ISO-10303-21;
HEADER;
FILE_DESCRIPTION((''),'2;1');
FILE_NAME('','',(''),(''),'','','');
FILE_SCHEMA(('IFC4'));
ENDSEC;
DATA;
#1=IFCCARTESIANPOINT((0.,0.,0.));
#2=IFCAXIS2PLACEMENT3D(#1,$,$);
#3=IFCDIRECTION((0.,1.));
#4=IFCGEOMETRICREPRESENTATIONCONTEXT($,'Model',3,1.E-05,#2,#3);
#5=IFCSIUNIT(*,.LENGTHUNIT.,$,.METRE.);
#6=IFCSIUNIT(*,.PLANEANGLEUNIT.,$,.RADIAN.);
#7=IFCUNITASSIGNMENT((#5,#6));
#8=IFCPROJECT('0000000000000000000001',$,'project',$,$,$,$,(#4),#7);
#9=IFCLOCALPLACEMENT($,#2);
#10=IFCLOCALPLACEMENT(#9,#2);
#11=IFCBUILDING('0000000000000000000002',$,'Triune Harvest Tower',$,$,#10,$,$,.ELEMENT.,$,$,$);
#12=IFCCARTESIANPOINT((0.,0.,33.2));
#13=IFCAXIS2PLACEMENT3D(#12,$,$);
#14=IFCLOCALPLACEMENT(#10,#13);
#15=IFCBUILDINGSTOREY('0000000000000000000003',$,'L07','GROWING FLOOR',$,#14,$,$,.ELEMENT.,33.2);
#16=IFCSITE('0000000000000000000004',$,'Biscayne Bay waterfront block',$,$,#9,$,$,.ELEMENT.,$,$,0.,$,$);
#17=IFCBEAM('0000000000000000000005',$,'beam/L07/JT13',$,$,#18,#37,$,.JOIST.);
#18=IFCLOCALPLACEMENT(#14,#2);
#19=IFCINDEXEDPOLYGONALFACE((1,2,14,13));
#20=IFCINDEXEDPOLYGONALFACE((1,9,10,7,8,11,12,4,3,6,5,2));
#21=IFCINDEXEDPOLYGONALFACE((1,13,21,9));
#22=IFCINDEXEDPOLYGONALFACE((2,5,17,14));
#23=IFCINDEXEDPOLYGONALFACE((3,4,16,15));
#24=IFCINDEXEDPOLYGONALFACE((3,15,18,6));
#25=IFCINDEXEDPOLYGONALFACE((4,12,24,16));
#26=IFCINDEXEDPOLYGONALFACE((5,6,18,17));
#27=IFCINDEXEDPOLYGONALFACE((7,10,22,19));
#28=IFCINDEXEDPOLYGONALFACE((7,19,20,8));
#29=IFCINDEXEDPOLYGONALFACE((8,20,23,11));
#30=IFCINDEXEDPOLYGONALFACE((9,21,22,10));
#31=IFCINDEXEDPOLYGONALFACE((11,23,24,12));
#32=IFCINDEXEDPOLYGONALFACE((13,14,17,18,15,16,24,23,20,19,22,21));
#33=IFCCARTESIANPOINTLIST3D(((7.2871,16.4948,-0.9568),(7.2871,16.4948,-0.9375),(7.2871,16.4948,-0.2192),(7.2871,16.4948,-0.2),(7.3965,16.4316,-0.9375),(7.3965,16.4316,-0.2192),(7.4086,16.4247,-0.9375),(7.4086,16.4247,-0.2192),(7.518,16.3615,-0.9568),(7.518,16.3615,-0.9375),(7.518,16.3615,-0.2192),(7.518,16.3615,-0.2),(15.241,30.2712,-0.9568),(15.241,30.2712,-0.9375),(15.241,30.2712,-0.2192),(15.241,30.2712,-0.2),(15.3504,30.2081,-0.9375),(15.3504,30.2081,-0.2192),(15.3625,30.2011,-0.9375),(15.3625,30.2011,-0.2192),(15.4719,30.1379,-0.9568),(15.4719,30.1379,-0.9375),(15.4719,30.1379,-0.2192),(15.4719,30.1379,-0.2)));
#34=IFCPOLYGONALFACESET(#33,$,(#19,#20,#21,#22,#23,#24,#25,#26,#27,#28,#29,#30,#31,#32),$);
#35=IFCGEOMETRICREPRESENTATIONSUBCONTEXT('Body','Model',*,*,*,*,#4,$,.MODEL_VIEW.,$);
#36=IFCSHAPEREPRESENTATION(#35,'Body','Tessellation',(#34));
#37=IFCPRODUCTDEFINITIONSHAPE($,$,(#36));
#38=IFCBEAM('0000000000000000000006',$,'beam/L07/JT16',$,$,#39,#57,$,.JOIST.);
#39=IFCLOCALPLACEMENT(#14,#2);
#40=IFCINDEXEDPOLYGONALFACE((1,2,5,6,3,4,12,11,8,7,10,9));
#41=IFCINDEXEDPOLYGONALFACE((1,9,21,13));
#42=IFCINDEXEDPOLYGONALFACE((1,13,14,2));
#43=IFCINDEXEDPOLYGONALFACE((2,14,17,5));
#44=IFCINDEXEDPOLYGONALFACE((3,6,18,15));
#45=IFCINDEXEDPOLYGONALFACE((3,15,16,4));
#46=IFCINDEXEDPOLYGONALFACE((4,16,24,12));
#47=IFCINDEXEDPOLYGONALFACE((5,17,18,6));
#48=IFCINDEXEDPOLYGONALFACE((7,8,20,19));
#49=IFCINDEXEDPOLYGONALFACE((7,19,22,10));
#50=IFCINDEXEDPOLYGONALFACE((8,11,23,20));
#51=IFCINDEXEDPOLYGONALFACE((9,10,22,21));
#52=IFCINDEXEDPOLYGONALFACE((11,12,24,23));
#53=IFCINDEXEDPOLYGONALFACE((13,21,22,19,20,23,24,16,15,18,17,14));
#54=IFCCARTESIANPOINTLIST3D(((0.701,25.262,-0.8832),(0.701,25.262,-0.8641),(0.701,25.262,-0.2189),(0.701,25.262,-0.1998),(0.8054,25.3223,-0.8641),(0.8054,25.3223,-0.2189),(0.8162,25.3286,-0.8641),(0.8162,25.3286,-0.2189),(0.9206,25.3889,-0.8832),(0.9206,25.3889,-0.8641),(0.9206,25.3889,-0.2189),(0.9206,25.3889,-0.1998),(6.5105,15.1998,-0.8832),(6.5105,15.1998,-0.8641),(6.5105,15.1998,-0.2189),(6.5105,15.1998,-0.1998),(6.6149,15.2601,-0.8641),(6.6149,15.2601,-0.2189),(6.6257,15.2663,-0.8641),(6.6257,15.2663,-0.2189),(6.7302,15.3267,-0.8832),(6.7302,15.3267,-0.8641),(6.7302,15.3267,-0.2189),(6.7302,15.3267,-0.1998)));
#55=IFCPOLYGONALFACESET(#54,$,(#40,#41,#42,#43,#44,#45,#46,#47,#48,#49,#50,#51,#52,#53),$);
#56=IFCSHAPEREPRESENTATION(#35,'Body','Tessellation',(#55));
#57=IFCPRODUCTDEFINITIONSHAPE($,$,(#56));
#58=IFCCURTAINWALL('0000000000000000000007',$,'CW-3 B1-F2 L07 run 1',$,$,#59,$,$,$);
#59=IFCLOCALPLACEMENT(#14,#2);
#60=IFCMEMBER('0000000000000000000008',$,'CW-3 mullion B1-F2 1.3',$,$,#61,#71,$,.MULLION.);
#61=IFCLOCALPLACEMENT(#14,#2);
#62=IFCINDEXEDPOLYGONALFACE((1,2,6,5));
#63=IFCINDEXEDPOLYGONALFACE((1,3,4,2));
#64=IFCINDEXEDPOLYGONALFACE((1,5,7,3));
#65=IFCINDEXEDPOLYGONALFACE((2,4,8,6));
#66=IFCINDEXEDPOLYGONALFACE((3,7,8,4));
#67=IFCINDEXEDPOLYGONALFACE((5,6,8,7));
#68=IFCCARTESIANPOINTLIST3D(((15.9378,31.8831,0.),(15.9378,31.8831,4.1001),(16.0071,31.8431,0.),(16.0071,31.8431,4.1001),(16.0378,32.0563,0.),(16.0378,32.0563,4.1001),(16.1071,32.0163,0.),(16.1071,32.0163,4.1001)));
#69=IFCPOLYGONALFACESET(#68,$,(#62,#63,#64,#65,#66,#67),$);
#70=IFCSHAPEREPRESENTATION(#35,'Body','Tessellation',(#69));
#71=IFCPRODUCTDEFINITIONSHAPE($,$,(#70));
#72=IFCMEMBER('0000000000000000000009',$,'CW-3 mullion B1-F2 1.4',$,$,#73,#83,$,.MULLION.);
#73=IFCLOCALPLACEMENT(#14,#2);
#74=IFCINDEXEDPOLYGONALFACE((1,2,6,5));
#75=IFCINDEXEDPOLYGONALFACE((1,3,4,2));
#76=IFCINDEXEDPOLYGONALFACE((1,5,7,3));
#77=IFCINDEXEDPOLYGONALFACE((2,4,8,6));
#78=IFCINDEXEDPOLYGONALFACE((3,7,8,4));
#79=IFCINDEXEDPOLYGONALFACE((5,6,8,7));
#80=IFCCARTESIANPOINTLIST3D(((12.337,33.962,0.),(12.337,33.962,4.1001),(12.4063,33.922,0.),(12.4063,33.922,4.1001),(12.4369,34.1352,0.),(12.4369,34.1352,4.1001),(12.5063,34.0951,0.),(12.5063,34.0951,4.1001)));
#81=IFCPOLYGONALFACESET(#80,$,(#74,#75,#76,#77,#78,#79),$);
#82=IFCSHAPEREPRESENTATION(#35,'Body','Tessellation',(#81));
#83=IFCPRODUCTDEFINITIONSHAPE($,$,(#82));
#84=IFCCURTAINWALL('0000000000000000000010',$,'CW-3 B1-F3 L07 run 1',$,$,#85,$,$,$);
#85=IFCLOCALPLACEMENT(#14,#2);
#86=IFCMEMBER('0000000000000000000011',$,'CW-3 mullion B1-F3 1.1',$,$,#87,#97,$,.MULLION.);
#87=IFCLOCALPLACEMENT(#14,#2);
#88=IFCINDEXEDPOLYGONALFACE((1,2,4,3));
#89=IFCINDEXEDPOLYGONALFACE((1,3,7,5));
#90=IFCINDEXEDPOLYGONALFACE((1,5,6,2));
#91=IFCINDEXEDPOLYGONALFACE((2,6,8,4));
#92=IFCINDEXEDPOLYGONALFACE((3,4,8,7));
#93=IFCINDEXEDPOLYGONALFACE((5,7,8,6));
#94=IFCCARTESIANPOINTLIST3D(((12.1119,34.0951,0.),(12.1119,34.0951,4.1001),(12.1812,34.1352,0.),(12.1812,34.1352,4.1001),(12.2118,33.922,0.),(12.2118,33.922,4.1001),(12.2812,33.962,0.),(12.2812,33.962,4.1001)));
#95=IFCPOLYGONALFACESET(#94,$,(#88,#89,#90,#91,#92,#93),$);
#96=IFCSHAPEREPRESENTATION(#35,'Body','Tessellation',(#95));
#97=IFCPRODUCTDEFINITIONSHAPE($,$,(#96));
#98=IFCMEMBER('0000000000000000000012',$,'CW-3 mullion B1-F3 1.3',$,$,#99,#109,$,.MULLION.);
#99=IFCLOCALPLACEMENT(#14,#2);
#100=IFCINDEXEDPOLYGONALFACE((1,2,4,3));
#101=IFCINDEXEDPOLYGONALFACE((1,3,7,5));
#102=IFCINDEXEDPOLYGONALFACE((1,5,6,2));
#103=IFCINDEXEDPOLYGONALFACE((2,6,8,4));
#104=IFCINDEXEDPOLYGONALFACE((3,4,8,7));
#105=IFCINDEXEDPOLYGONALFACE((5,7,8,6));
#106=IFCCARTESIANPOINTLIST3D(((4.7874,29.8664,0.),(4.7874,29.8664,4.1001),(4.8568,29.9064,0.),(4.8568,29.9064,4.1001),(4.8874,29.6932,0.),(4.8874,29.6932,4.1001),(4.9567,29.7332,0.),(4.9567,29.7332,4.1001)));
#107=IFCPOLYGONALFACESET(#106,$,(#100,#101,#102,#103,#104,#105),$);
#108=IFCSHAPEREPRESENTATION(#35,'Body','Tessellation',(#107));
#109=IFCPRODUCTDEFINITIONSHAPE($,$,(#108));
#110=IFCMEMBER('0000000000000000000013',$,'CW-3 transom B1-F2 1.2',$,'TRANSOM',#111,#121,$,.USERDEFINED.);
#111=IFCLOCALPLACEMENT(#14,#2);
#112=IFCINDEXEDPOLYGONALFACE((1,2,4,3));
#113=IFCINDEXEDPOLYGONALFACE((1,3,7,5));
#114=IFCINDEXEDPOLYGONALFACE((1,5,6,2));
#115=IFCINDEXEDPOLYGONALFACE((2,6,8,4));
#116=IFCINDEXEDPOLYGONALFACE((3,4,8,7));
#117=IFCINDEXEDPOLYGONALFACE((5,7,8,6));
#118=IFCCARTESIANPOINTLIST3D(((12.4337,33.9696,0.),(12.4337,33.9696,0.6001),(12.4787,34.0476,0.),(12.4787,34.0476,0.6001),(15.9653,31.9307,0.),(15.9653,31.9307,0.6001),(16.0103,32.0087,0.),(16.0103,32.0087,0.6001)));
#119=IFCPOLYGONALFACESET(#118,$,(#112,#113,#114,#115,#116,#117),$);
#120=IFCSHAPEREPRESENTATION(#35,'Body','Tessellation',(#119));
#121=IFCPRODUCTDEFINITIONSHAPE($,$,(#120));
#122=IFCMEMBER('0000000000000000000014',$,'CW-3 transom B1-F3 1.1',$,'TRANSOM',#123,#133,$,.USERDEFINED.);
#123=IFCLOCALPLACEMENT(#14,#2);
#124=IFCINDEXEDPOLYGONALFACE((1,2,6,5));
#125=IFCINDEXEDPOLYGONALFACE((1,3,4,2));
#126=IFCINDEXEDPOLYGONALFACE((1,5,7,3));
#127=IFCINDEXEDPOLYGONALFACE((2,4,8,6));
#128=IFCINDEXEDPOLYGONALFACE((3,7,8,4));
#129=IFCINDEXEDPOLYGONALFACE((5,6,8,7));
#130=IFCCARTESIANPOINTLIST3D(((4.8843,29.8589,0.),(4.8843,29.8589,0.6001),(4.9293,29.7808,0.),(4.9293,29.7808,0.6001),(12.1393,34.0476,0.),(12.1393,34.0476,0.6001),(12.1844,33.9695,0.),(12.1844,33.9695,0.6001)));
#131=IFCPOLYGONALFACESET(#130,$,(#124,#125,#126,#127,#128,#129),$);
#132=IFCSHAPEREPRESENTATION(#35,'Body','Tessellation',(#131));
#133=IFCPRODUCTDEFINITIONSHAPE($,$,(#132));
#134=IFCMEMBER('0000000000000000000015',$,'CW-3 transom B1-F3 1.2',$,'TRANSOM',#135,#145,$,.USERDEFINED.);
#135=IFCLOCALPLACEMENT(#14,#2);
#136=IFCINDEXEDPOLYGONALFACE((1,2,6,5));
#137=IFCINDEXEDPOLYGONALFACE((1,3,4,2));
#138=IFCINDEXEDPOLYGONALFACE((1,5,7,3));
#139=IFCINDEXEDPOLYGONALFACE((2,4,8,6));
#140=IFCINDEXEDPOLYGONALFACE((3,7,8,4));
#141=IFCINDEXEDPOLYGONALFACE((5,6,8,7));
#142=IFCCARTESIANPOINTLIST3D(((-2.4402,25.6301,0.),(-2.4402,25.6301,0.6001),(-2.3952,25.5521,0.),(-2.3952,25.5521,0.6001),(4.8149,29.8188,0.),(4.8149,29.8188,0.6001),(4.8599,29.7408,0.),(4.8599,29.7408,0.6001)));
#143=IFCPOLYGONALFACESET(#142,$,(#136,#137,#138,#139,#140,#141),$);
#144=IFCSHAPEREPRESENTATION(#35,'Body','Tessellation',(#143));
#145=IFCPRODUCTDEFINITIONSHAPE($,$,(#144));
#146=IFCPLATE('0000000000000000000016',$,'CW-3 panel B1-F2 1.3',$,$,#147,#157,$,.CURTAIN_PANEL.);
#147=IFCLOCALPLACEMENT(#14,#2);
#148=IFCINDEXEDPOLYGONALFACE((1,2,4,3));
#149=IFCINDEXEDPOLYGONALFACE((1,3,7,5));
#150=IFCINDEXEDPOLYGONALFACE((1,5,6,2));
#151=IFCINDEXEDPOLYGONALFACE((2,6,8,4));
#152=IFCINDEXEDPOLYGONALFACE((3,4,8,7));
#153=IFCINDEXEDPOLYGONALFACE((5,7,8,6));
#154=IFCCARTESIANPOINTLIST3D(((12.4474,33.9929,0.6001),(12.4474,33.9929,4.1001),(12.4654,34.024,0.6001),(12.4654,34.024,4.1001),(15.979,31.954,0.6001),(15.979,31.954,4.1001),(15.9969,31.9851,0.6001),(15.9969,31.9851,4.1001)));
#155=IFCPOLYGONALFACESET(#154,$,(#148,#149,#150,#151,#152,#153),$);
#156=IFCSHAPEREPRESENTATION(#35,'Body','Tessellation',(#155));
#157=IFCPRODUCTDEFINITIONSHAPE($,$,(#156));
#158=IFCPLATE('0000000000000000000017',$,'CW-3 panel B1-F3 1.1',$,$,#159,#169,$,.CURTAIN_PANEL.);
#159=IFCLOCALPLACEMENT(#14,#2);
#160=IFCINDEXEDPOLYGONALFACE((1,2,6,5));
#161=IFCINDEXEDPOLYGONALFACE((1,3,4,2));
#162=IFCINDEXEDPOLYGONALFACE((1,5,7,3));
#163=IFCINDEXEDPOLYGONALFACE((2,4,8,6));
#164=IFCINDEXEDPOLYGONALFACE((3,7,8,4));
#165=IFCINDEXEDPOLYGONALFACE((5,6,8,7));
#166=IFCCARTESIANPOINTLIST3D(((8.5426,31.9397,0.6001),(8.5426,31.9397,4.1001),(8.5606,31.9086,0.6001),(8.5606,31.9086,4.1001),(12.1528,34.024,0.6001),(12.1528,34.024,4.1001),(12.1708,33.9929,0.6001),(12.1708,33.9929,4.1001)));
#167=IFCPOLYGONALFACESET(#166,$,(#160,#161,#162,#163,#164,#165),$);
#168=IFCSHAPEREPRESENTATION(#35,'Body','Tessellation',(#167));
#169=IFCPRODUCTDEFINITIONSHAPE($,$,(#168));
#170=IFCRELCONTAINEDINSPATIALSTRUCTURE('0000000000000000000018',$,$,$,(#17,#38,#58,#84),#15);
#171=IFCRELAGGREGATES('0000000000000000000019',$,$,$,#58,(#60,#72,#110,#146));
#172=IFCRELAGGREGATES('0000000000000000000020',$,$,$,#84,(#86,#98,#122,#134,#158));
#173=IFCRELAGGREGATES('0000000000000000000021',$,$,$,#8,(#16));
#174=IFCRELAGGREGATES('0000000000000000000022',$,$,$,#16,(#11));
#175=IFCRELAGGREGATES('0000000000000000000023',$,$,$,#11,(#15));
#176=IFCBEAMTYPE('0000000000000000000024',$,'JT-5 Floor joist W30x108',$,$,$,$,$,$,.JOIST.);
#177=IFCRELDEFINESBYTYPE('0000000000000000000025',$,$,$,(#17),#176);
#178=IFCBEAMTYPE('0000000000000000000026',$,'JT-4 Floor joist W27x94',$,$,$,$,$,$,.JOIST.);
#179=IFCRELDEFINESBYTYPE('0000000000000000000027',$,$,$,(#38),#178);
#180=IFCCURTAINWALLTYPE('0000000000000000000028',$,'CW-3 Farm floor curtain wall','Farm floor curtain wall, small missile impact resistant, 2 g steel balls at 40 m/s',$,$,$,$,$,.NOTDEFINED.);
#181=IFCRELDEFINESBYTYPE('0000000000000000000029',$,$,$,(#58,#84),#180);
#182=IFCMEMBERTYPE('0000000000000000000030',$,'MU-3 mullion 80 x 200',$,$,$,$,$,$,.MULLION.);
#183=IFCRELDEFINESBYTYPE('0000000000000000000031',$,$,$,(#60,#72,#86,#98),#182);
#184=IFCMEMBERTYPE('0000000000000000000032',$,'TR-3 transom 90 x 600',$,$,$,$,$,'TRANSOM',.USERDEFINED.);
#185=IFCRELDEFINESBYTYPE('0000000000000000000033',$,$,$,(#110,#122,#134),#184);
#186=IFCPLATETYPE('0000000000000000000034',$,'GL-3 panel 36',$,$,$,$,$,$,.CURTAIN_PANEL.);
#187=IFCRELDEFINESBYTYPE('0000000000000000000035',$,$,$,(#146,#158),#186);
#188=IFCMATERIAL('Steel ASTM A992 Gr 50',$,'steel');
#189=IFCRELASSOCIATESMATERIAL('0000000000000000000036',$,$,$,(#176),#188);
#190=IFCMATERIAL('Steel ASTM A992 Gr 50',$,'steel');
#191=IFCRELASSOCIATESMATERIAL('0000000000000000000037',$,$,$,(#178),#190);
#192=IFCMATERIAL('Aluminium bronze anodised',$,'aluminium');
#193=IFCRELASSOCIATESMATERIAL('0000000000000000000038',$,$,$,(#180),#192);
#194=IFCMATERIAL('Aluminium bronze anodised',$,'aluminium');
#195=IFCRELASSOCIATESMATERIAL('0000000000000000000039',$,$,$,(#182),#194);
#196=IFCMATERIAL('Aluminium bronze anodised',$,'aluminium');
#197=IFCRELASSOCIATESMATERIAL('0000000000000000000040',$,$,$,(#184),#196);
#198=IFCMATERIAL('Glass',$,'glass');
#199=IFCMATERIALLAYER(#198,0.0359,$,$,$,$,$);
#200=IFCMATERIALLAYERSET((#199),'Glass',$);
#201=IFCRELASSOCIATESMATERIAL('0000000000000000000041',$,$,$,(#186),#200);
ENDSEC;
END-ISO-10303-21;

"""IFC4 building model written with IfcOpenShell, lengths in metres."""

from ifc_helpers import new_model, si_unit, direction, frame, origin, origin_2d, place, context, subcontext, project, spatial, rectangle, i_section, extrude, source, transform, mapped, material, layer, layer_set, material_profile, profile_set, type_object, element, aggregate, save


model = new_model("IFC4")

# Units and contexts
model_context = context("Model", 3, precision=1e-05, world=origin(), true_north=direction((0.0, 1.0)))
body_context = subcontext(model_context, "Body", "Model", "MODEL_VIEW")
ifc_project = project(units=[si_unit("LENGTHUNIT", "METRE"), si_unit("PLANEANGLEUNIT", "RADIAN")], contexts=[model_context])

# Site, building, storey
site_placement = place(None, origin())
site = spatial("IfcSite", under=ifc_project, at=site_placement, Name="Biscayne Bay waterfront block", CompositionType="ELEMENT", RefElevation=0.0)
building_placement = place(site_placement, origin())
building = spatial("IfcBuilding", under=site, at=building_placement, Name="Triune Harvest Tower", CompositionType="ELEMENT")
storey_placement = place(building_placement, frame((0.0, 0.0, 33.2)))
storey = spatial("IfcBuildingStorey", under=building, at=storey_placement, Name="L07", Description="GROWING FLOOR", CompositionType="ELEMENT", Elevation=33.2)

# Beams
ifc_material_1 = material(Name="Steel ASTM A992 Gr 50", Category="steel")
ifc_material_profile_1 = material_profile(ifc_material_1, i_section(OverallWidth=0.2666, OverallDepth=0.7568, WebThickness=0.0139, FlangeThickness=0.0193, at=origin_2d()), Name="W30x108")
ifc_profile_set_1 = profile_set([ifc_material_profile_1], Name="Steel ASTM A992 Gr 50")
beam_type_1 = type_object("IfcBeamType", Name="JT-5 Floor joist W30x108", PredefinedType="JOIST", material=ifc_profile_set_1)
shared_shape_1 = source(origin(), body_context, "Body", "SweptSolid", [
    extrude(i_section(OverallWidth=0.2666, OverallDepth=0.7568, WebThickness=0.0139, FlangeThickness=0.0193, at=origin_2d()), origin(), (0.0, 0.0, 1.0), 15.9077),
])
beam_1_placement = place(storey_placement, frame((15.3564, 30.2046, -0.5784), z_axis=(-0.500003, -0.866024, 0.0), x_axis=(0.866024, -0.500003, 0.0)))
element("IfcBeam", 1, at=beam_1_placement, inside=storey, type_object=beam_type_1, Name="beam/L07/JT13", PredefinedType="JOIST", context=body_context, shape_type="MappedRepresentation", body=[
    mapped(shared_shape_1, transform((0.0, 0.0, 0.0), scale=1.0)),
])
ifc_material_2 = material(Name="Steel ASTM A992 Gr 50", Category="steel")
ifc_material_profile_2 = material_profile(ifc_material_2, i_section(OverallWidth=0.2537, OverallDepth=0.6833, WebThickness=0.0125, FlangeThickness=0.019, at=origin_2d()), Name="W27x94")
ifc_profile_set_2 = profile_set([ifc_material_profile_2], Name="Steel ASTM A992 Gr 50")
beam_type_2 = type_object("IfcBeamType", Name="JT-4 Floor joist W27x94", PredefinedType="JOIST", material=ifc_profile_set_2)
shared_shape_2 = source(origin(), body_context, "Body", "SweptSolid", [
    extrude(i_section(OverallWidth=0.2537, OverallDepth=0.6833, WebThickness=0.0125, FlangeThickness=0.019, at=origin_2d()), origin(), (0.0, 0.0, 1.0), 11.6189),
])
beam_2_placement = place(storey_placement, frame((0.8108, 25.3254, -0.5415), z_axis=(0.500008, -0.866021, 0.0), x_axis=(0.866021, 0.500008, 0.0)))
element("IfcBeam", 2, at=beam_2_placement, inside=storey, type_object=beam_type_2, Name="beam/L07/JT16", PredefinedType="JOIST", context=body_context, shape_type="MappedRepresentation", body=[
    mapped(shared_shape_2, transform((0.0, 0.0, 0.0), scale=1.0)),
])

# Curtain walls, members
ifc_material_3 = material(Name="Aluminium bronze anodised", Category="aluminium")
curtain_wall_type = type_object("IfcCurtainWallType", Name="CW-3 Farm floor curtain wall", Description="Farm floor curtain wall, small missile impact resistant, 2 g steel balls at 40 m/s", PredefinedType="NOTDEFINED", material=ifc_material_3)
curtain_wall_1_placement = place(storey_placement, origin())
curtain_wall_1 = element("IfcCurtainWall", 3, at=curtain_wall_1_placement, inside=storey, type_object=curtain_wall_type, Name="CW-3 B1-F2 L07 run 1")
ifc_material_4 = material(Name="Aluminium bronze anodised", Category="aluminium")
ifc_material_profile_3 = material_profile(ifc_material_4, rectangle(XDim=0.2, YDim=0.0801, at=origin_2d()), Name="MU-3 mullion 80 x 200")
ifc_profile_set_3 = profile_set([ifc_material_profile_3], Name="Aluminium bronze anodised")
member_type_1 = type_object("IfcMemberType", Name="MU-3 mullion 80 x 200", PredefinedType="MULLION", material=ifc_profile_set_3)
shared_shape_3 = source(origin(), body_context, "Body", "SweptSolid", [
    extrude(rectangle(XDim=0.2, YDim=0.0801, at=origin_2d()), origin(), (0.0, 0.0, 1.0), 4.1001),
])
member_1_placement = place(storey_placement, frame((16.0225, 31.9497, 0.0), z_axis=(0.0, 0.0, 1.0), x_axis=(-0.499999, -0.866026, 0.0)))
member_1 = element("IfcMember", 4, at=member_1_placement, type_object=member_type_1, Name="CW-3 mullion B1-F2 1.3", PredefinedType="MULLION", context=body_context, shape_type="MappedRepresentation", body=[
    mapped(shared_shape_3, transform((0.0, 0.0, 0.0), scale=1.0)),
])
member_2_placement = place(storey_placement, frame((12.4216, 34.0286, 0.0), z_axis=(0.0, 0.0, 1.0), x_axis=(-0.499999, -0.866026, 0.0)))
member_2 = element("IfcMember", 5, at=member_2_placement, type_object=member_type_1, Name="CW-3 mullion B1-F2 1.4", PredefinedType="MULLION", context=body_context, shape_type="MappedRepresentation", body=[
    mapped(shared_shape_3, transform((0.0, 0.0, 0.0), scale=1.0)),
])
curtain_wall_2_placement = place(storey_placement, origin())
curtain_wall_2 = element("IfcCurtainWall", 6, at=curtain_wall_2_placement, inside=storey, type_object=curtain_wall_type, Name="CW-3 B1-F3 L07 run 1")
member_3_placement = place(storey_placement, frame((12.1965, 34.0286, 0.0), z_axis=(0.0, 0.0, 1.0), x_axis=(0.500001, -0.866025, 0.0)))
member_3 = element("IfcMember", 7, at=member_3_placement, type_object=member_type_1, Name="CW-3 mullion B1-F3 1.1", PredefinedType="MULLION", context=body_context, shape_type="MappedRepresentation", body=[
    mapped(shared_shape_3, transform((0.0, 0.0, 0.0), scale=1.0)),
])
member_4_placement = place(storey_placement, frame((4.8721, 29.7998, 0.0), z_axis=(0.0, 0.0, 1.0), x_axis=(0.500001, -0.866025, 0.0)))
member_4 = element("IfcMember", 8, at=member_4_placement, type_object=member_type_1, Name="CW-3 mullion B1-F3 1.3", PredefinedType="MULLION", context=body_context, shape_type="MappedRepresentation", body=[
    mapped(shared_shape_3, transform((0.0, 0.0, 0.0), scale=1.0)),
])

# Members
ifc_material_5 = material(Name="Aluminium bronze anodised", Category="aluminium")
ifc_material_profile_4 = material_profile(ifc_material_5, rectangle(XDim=0.0901, YDim=0.6001, at=origin_2d()), Name="TR-3 transom 90 x 600")
ifc_profile_set_4 = profile_set([ifc_material_profile_4], Name="Aluminium bronze anodised")
member_type_2 = type_object("IfcMemberType", Name="TR-3 transom 90 x 600", ElementType="TRANSOM", PredefinedType="USERDEFINED", material=ifc_profile_set_4)
shared_shape_4 = source(origin(), body_context, "Body", "SweptSolid", [
    extrude(rectangle(XDim=0.0901, YDim=0.6001, at=origin_2d()), origin(), (0.0, 0.0, 1.0), 4.0779),
])
member_5_placement = place(storey_placement, frame((15.9878, 31.9697, 0.3), z_axis=(-0.866035, 0.499983, 0.0), x_axis=(-0.499983, -0.866035, 0.0)))
member_5 = element("IfcMember", 9, at=member_5_placement, type_object=member_type_2, Name="CW-3 transom B1-F2 1.2", ObjectType="TRANSOM", PredefinedType="USERDEFINED", context=body_context, shape_type="MappedRepresentation", body=[
    mapped(shared_shape_4, transform((0.0, 0.0, 0.0), scale=1.0)),
])
shared_shape_5 = source(origin(), body_context, "Body", "SweptSolid", [
    extrude(rectangle(XDim=0.0901, YDim=0.6001, at=origin_2d()), origin(), (0.0, 0.0, 1.0), 8.3774),
])
member_6_placement = place(storey_placement, frame((12.1619, 34.0085, 0.3), z_axis=(-0.866027, -0.499997, 0.0), x_axis=(0.499997, -0.866027, 0.0)))
member_6 = element("IfcMember", 10, at=member_6_placement, type_object=member_type_2, Name="CW-3 transom B1-F3 1.1", ObjectType="TRANSOM", PredefinedType="USERDEFINED", context=body_context, shape_type="MappedRepresentation", body=[
    mapped(shared_shape_5, transform((0.0, 0.0, 0.0), scale=1.0)),
])
member_7_placement = place(storey_placement, frame((4.8374, 29.7798, 0.3), z_axis=(-0.866027, -0.499997, 0.0), x_axis=(0.499997, -0.866027, 0.0)))
member_7 = element("IfcMember", 11, at=member_7_placement, type_object=member_type_2, Name="CW-3 transom B1-F3 1.2", ObjectType="TRANSOM", PredefinedType="USERDEFINED", context=body_context, shape_type="MappedRepresentation", body=[
    mapped(shared_shape_5, transform((0.0, 0.0, 0.0), scale=1.0)),
])

# Plates
ifc_material_6 = material(Name="Glass", Category="glass")
ifc_layer_1 = layer(ifc_material_6, 0.0359)
ifc_layer_set_1 = layer_set([ifc_layer_1], Name="Glass")
plate_type = type_object("IfcPlateType", Name="GL-3 panel 36", PredefinedType="CURTAIN_PANEL", material=ifc_layer_set_1)
shared_shape_6 = source(origin(), body_context, "Body", "SweptSolid", [
    extrude(rectangle(XDim=4.0779, YDim=0.0359, at=origin_2d()), origin(), (0.0, 0.0, 1.0), 3.5),
])
plate_1_placement = place(storey_placement, frame((14.2222, 32.989, 0.6001), z_axis=(0.0, 0.0, 1.0), x_axis=(-0.866026, 0.499999, 0.0)))
plate_1 = element("IfcPlate", 12, at=plate_1_placement, type_object=plate_type, Name="CW-3 panel B1-F2 1.3", PredefinedType="CURTAIN_PANEL", context=body_context, shape_type="MappedRepresentation", body=[
    mapped(shared_shape_6, transform((0.0, 0.0, 0.0), scale=1.0)),
])
aggregate(curtain_wall_1, [member_1, member_2, member_5, plate_1])
shared_shape_7 = source(origin(), body_context, "Body", "SweptSolid", [
    extrude(rectangle(XDim=4.1687, YDim=0.0359, at=origin_2d()), origin(), (0.0, 0.0, 1.0), 3.5),
])
plate_2_placement = place(storey_placement, frame((10.3567, 32.9663, 0.6001), z_axis=(0.0, 0.0, 1.0), x_axis=(-0.866025, -0.500001, 0.0)))
plate_2 = element("IfcPlate", 13, at=plate_2_placement, type_object=plate_type, Name="CW-3 panel B1-F3 1.1", PredefinedType="CURTAIN_PANEL", context=body_context, shape_type="MappedRepresentation", body=[
    mapped(shared_shape_7, transform((0.0, 0.0, 0.0), scale=1.0)),
])
aggregate(curtain_wall_2, [member_3, member_4, member_6, member_7, plate_2])

save(model, "model.ifc")
